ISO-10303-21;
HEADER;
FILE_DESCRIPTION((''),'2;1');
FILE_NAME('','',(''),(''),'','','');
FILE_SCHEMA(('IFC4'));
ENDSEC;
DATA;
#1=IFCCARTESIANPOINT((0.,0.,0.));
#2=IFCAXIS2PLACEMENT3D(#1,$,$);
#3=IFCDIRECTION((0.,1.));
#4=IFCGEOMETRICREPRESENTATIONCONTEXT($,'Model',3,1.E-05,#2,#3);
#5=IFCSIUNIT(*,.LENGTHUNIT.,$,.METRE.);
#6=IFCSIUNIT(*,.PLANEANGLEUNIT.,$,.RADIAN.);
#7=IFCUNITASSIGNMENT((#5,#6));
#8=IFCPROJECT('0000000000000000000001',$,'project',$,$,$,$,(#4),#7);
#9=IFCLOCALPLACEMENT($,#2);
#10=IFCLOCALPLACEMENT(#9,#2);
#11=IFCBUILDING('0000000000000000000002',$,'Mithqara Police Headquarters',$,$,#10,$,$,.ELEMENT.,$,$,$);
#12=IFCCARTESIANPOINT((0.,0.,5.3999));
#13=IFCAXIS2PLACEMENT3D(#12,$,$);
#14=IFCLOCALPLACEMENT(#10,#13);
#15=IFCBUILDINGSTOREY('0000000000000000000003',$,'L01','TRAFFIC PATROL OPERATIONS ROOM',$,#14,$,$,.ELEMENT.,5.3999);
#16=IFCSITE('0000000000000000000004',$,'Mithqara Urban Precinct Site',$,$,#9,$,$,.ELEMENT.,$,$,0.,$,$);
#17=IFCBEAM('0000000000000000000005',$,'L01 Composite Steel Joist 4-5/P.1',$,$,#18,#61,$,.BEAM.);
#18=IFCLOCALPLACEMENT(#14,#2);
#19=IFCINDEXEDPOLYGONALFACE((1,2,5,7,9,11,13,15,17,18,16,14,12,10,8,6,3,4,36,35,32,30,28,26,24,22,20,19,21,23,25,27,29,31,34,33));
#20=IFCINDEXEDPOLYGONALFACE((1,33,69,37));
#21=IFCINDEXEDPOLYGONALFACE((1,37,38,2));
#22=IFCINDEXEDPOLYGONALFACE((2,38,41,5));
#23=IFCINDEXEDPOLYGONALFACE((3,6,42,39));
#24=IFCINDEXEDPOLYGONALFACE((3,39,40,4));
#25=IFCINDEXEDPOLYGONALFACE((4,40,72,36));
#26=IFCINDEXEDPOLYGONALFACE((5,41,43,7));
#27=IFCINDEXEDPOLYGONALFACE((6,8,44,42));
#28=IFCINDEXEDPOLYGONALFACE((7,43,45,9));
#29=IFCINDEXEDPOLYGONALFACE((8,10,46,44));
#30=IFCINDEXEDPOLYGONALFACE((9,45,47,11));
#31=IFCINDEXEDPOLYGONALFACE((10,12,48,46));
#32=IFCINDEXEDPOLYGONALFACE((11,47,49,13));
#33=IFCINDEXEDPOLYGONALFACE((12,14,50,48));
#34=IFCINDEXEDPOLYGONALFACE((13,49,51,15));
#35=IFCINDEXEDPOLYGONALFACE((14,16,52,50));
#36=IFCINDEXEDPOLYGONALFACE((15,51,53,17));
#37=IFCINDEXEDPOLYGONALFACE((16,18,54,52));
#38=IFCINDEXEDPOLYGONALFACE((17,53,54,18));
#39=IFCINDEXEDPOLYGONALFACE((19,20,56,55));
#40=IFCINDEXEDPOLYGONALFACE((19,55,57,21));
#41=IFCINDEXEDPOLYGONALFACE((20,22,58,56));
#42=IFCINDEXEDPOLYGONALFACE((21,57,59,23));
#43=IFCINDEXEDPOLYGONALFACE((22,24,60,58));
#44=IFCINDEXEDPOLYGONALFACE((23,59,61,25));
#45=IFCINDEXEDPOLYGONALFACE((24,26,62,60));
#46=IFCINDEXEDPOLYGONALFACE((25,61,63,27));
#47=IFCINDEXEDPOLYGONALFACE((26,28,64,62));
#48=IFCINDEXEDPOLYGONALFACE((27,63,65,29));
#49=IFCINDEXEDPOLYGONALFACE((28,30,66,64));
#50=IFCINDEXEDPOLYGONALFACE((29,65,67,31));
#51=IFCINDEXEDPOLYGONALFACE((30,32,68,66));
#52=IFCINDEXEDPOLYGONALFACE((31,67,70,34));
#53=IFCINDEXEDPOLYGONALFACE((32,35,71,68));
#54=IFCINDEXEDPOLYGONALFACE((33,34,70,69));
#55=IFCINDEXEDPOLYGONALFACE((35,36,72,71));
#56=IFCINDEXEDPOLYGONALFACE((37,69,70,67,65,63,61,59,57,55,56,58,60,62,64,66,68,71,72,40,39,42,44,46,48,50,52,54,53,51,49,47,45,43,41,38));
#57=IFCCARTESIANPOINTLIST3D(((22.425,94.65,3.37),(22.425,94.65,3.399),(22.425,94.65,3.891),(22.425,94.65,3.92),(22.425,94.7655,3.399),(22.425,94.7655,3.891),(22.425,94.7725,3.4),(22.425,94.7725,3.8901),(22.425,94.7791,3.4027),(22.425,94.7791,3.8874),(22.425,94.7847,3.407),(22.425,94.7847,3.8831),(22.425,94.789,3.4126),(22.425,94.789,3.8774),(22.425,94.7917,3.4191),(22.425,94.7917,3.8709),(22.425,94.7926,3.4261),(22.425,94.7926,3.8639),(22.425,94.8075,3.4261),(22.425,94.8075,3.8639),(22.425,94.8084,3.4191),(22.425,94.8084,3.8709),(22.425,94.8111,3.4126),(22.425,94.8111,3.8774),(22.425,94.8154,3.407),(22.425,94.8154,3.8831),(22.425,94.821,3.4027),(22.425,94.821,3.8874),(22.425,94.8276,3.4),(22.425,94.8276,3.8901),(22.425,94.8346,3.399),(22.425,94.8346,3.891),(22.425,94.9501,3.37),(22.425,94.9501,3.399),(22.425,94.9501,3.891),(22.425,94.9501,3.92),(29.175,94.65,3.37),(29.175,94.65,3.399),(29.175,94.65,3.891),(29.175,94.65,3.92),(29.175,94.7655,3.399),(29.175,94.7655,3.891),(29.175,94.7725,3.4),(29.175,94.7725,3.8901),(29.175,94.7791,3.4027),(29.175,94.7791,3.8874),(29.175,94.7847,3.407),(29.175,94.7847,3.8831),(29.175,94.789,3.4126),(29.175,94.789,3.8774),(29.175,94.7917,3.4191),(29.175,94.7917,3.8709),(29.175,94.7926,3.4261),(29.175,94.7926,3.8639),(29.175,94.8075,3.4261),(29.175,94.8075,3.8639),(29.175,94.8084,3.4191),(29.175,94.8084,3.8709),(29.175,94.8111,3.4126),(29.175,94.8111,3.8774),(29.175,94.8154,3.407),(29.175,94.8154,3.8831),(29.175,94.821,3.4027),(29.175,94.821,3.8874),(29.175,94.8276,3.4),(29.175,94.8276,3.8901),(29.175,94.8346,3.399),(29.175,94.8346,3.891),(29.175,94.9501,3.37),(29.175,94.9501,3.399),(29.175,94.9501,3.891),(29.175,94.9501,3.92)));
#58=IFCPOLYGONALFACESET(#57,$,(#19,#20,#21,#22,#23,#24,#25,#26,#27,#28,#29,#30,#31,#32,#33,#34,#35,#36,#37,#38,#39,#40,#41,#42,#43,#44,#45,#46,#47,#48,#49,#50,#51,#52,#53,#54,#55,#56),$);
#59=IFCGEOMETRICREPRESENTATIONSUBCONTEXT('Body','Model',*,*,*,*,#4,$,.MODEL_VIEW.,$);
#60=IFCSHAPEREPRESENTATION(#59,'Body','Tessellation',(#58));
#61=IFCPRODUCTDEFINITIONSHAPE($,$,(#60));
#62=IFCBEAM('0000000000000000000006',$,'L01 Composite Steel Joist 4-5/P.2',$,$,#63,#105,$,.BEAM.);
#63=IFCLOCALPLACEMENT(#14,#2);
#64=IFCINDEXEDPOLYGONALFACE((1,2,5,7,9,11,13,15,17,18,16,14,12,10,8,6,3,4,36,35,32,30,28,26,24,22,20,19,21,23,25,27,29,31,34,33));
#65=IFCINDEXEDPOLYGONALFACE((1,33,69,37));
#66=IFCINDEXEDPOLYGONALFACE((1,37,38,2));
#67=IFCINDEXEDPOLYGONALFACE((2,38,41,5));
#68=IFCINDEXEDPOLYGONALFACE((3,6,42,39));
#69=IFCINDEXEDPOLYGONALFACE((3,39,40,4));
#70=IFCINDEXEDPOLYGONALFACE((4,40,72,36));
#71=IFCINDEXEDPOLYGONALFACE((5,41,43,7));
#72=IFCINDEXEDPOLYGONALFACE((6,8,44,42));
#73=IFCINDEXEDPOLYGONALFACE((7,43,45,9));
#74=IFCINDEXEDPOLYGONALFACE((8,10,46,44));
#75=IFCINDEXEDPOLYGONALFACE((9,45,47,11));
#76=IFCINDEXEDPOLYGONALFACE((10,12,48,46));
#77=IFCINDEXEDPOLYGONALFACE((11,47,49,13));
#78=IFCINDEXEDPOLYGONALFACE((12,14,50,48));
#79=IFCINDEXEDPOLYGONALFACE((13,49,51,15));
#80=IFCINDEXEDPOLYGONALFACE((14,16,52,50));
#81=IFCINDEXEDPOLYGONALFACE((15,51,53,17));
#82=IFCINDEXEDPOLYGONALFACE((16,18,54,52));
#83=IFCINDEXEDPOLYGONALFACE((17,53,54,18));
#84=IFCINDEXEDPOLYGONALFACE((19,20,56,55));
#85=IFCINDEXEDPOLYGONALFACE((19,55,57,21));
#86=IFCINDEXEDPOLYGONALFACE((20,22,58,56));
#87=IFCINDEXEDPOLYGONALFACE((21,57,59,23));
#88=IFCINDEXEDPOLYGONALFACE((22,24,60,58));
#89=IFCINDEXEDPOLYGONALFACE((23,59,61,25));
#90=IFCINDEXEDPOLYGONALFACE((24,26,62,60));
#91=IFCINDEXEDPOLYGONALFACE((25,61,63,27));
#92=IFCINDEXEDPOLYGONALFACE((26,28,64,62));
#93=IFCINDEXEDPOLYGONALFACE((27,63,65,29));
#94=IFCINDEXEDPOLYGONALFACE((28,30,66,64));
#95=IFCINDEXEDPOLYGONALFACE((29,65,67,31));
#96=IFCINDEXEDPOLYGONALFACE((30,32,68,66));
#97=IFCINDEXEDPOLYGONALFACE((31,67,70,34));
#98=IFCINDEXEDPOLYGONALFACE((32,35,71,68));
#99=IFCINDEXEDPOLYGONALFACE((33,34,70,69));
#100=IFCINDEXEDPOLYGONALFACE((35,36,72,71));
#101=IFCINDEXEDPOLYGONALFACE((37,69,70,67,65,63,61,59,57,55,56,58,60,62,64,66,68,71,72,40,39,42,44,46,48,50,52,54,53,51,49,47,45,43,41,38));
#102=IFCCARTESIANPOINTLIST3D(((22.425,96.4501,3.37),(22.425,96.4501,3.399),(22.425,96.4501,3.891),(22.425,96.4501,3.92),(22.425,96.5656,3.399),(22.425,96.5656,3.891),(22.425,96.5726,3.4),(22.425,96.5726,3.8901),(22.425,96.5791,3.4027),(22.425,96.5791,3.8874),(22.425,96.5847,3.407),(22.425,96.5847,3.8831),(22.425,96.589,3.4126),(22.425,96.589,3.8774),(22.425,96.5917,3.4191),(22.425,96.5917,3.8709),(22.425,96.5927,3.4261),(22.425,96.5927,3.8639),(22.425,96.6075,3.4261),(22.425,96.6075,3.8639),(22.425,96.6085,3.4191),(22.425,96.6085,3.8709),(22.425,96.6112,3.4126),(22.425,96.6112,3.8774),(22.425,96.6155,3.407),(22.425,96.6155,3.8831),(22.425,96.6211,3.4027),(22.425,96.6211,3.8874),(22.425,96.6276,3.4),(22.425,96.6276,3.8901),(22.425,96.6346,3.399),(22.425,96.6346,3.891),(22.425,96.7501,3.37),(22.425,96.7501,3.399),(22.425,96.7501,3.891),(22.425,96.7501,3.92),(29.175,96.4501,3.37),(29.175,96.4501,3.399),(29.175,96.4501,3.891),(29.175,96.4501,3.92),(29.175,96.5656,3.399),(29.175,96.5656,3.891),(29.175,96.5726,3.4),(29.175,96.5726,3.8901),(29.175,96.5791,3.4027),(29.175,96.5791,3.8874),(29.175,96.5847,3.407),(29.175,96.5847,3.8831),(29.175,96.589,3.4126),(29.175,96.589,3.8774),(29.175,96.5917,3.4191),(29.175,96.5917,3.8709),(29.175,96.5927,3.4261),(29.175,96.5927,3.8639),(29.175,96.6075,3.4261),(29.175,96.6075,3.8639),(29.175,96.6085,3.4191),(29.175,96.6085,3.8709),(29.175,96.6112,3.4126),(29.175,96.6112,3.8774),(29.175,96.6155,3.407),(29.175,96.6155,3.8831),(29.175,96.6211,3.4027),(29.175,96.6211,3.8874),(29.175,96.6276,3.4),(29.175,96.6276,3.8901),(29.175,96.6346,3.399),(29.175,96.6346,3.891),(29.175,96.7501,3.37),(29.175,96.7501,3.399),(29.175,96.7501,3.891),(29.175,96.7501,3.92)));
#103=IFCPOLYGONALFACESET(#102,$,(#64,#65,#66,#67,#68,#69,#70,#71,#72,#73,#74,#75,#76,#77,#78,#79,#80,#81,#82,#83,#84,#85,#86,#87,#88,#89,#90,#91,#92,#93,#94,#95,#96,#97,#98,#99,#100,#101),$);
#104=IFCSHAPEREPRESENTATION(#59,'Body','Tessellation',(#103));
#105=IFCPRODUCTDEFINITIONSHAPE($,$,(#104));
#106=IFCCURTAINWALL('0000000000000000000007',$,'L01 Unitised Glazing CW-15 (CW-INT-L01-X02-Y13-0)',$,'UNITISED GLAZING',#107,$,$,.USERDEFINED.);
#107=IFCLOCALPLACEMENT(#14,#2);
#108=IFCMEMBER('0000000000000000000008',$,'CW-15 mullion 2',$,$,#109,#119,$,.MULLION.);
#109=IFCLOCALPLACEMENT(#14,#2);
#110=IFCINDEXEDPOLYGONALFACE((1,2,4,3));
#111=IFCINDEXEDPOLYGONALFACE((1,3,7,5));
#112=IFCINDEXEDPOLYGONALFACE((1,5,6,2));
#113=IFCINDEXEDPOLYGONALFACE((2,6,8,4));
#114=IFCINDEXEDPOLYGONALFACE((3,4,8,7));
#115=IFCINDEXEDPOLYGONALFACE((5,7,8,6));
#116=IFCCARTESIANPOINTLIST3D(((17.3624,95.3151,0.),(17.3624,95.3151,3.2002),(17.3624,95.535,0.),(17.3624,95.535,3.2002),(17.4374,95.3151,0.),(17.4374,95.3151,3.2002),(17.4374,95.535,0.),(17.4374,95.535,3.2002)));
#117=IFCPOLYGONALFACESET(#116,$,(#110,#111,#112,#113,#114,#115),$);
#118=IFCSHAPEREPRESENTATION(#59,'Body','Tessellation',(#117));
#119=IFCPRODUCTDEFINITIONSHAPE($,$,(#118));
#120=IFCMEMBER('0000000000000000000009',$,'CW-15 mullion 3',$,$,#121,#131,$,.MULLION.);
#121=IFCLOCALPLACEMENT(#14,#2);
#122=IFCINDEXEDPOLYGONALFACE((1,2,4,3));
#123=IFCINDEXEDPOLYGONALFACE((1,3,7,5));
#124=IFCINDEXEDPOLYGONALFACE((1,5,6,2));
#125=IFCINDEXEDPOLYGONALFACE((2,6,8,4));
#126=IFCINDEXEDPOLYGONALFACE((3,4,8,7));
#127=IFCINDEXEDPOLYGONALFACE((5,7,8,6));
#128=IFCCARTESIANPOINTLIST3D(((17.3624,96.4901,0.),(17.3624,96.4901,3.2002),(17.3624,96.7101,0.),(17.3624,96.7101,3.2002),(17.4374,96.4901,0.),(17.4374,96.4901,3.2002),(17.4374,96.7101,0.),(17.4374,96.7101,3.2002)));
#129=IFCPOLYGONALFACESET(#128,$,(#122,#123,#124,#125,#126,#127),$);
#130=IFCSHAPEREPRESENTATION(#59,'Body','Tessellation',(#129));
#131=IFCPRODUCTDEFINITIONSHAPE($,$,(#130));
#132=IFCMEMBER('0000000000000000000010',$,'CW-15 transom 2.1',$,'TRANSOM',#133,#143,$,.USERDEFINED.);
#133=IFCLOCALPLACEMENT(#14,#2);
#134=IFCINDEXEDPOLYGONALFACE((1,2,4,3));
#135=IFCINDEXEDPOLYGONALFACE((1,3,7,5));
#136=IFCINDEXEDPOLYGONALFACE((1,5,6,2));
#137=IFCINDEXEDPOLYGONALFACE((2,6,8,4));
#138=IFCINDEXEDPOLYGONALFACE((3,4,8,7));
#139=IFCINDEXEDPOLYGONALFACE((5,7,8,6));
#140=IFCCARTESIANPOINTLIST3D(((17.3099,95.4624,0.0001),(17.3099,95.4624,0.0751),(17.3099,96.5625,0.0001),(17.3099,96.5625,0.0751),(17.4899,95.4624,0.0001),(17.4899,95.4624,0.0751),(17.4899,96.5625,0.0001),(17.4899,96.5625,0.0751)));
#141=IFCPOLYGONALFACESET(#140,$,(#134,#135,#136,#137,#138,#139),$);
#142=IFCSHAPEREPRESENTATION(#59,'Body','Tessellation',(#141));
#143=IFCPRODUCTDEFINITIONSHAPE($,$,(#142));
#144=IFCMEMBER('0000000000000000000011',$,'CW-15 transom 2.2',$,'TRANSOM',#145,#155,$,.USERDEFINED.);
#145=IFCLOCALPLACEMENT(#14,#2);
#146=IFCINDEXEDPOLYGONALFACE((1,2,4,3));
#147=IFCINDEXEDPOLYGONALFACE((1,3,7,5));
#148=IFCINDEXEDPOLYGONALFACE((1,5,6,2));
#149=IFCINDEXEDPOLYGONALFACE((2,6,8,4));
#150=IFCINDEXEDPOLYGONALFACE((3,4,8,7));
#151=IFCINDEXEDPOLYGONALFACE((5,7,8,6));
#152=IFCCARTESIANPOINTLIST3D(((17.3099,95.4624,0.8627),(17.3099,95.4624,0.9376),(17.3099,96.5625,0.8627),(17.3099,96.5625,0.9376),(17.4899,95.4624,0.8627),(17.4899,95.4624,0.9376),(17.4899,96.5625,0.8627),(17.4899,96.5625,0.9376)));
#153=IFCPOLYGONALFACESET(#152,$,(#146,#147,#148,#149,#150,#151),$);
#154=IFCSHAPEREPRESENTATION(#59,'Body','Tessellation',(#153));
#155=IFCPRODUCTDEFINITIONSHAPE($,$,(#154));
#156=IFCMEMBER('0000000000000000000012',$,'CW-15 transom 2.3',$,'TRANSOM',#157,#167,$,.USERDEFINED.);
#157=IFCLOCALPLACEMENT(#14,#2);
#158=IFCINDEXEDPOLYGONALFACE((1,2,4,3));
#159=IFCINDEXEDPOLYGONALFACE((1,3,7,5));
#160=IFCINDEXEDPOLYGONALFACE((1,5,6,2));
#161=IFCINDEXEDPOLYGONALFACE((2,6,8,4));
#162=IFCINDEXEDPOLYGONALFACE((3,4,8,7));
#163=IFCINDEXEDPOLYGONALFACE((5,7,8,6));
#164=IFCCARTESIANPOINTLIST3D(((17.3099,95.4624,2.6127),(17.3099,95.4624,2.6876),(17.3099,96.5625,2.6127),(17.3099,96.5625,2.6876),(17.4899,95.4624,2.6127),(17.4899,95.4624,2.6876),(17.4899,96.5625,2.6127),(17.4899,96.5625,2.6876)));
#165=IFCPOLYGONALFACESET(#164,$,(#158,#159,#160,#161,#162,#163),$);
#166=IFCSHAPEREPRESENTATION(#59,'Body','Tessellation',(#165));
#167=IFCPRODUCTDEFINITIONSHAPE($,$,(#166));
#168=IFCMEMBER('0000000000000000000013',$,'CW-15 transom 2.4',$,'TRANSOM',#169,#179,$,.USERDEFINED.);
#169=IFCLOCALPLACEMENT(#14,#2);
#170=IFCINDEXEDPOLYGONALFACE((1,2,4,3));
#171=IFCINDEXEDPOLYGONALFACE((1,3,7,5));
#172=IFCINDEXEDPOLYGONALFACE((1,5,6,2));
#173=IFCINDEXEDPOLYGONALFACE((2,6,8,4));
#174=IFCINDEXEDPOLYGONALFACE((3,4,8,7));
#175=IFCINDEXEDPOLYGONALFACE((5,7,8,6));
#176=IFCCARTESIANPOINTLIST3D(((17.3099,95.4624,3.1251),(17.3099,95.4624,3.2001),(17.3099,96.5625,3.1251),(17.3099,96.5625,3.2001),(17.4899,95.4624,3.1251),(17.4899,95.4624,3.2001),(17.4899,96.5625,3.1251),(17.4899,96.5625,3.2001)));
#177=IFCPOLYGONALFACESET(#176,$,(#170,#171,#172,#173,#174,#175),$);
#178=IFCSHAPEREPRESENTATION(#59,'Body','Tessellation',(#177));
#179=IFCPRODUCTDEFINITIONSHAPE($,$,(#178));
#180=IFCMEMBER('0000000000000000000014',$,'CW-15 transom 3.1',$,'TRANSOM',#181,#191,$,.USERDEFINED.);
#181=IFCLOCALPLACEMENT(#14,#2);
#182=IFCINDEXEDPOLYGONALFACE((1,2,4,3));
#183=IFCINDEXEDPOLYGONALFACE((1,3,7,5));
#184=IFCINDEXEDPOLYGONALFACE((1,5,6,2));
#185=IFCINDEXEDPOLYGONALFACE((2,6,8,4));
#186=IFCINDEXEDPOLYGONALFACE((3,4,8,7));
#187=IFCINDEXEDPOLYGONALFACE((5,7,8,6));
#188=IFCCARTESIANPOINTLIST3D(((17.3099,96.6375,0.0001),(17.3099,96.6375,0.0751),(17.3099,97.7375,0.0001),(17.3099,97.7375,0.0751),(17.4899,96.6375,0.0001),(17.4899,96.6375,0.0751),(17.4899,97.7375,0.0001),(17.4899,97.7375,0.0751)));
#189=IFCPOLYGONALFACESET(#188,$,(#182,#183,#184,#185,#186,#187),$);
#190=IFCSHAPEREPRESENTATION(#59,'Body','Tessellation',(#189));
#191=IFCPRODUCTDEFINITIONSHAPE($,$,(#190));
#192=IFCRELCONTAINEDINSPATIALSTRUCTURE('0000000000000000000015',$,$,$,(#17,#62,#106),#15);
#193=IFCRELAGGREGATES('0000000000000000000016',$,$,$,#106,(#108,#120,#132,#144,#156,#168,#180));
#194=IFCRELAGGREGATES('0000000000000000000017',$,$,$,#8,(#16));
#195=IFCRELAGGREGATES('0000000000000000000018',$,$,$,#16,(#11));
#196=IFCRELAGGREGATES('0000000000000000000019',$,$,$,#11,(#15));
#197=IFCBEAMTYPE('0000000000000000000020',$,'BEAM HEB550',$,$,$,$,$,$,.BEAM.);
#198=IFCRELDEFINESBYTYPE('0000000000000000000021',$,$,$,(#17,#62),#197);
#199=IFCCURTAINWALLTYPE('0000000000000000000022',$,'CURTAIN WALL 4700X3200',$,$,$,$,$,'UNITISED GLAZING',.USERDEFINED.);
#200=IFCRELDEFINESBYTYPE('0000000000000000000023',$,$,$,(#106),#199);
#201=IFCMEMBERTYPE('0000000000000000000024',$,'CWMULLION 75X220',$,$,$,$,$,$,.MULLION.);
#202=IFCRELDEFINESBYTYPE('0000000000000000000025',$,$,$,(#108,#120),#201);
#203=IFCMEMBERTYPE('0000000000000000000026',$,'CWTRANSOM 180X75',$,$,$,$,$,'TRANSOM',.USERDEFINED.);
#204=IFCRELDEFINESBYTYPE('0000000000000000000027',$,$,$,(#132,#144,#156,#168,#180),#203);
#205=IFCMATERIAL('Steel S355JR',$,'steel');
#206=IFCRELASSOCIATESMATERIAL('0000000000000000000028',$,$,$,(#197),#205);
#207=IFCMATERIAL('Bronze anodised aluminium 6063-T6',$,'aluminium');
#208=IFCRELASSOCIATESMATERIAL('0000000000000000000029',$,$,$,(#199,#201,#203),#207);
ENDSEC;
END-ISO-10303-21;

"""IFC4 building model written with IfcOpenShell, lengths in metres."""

from ifc_helpers import new_model, si_unit, direction, frame, origin, origin_2d, place, context, subcontext, project, spatial, rectangle, i_section, extrude, material, material_profile, profile_set, type_object, element, aggregate, save


model = new_model("IFC4")

# Units and contexts
model_context = context("Model", 3, precision=1e-05, world=origin(), true_north=direction((0.0, 1.0)))
body_context = subcontext(model_context, "Body", "Model", "MODEL_VIEW")
ifc_project = project(units=[si_unit("LENGTHUNIT", "METRE"), si_unit("PLANEANGLEUNIT", "RADIAN")], contexts=[model_context])

# Site, building, storey
site_placement = place(None, origin())
site = spatial("IfcSite", under=ifc_project, at=site_placement, Name="Mithqara Urban Precinct Site", CompositionType="ELEMENT", RefElevation=0.0)
building_placement = place(site_placement, origin())
building = spatial("IfcBuilding", under=site, at=building_placement, Name="Mithqara Police Headquarters", CompositionType="ELEMENT")
storey_placement = place(building_placement, frame((0.0, 0.0, 5.3999)))
storey = spatial("IfcBuildingStorey", under=building, at=storey_placement, Name="L01", Description="TRAFFIC PATROL OPERATIONS ROOM", CompositionType="ELEMENT", Elevation=5.3999)

# Beams
ifc_material_1 = material(Name="Steel S355JR", Category="steel")
ifc_material_profile_1 = material_profile(ifc_material_1, i_section(OverallWidth=0.3, OverallDepth=0.55, WebThickness=0.0149, FlangeThickness=0.0291, FilletRadius=0.0271, at=origin_2d()), Name="HEB 550")
ifc_profile_set_1 = profile_set([ifc_material_profile_1], Name="Steel S355JR")
beam_type = type_object("IfcBeamType", Name="BEAM HEB550", PredefinedType="BEAM", material=ifc_profile_set_1)
for number, where, z_axis, x_axis, name in (
    (1, (22.425, 94.8, 3.645), (1.0, 0.0, 0.0), (0.0, 1.0, 0.0), "L01 Composite Steel Joist 4-5/P.1"),
    (2, (22.425, 96.6001, 3.645), (1.0, 0.0, 0.0), (0.0, 1.0, 0.0), "L01 Composite Steel Joist 4-5/P.2"),
):
    element("IfcBeam", number, at=place(storey_placement, frame(where, z_axis=z_axis, x_axis=x_axis)), inside=storey, type_object=beam_type, Name=name, PredefinedType="BEAM", context=body_context, shape_type="SweptSolid", body=[
        extrude(i_section(OverallWidth=0.3, OverallDepth=0.55, WebThickness=0.0149, FlangeThickness=0.0291, FilletRadius=0.0271, at=origin_2d()), origin(), (0.0, 0.0, 1.0), 6.75),
    ])

# Curtain wall, members
ifc_material_2 = material(Name="Bronze anodised aluminium 6063-T6", Category="aluminium")
curtain_wall_type = type_object("IfcCurtainWallType", Name="CURTAIN WALL 4700X3200", ElementType="UNITISED GLAZING", PredefinedType="USERDEFINED", material=ifc_material_2)
curtain_wall_placement = place(storey_placement, origin())
curtain_wall = element("IfcCurtainWall", 3, at=curtain_wall_placement, inside=storey, type_object=curtain_wall_type, Name="L01 Unitised Glazing CW-15 (CW-INT-L01-X02-Y13-0)", ObjectType="UNITISED GLAZING", PredefinedType="USERDEFINED")
ifc_material_profile_2 = material_profile(ifc_material_2, rectangle(XDim=0.075, YDim=0.22, at=origin_2d()), Name="CWM 75x220")
ifc_profile_set_2 = profile_set([ifc_material_profile_2], Name="Bronze anodised aluminium 6063-T6")
member_type_1 = type_object("IfcMemberType", Name="CWMULLION 75X220", PredefinedType="MULLION", material=ifc_profile_set_2)
member_1_placement = place(storey_placement, frame((17.3999, 95.425, 0.0), z_axis=(0.0, 0.0, 1.0), x_axis=(-1.0, 0.0, 0.0)))
member_1 = element("IfcMember", 4, at=member_1_placement, type_object=member_type_1, Name="CW-15 mullion 2", PredefinedType="MULLION", context=body_context, shape_type="SweptSolid", body=[
    extrude(rectangle(XDim=0.075, YDim=0.22, at=origin_2d()), origin(), (0.0, 0.0, 1.0), 3.2002),
])
member_2_placement = place(storey_placement, frame((17.3999, 96.6001, 0.0), z_axis=(0.0, 0.0, 1.0), x_axis=(-1.0, 0.0, 0.0)))
member_2 = element("IfcMember", 5, at=member_2_placement, type_object=member_type_1, Name="CW-15 mullion 3", PredefinedType="MULLION", context=body_context, shape_type="SweptSolid", body=[
    extrude(rectangle(XDim=0.075, YDim=0.22, at=origin_2d()), origin(), (0.0, 0.0, 1.0), 3.2002),
])
ifc_material_profile_3 = material_profile(ifc_material_2, rectangle(XDim=0.1799, YDim=0.075, at=origin_2d()), Name="CWT 180x75")
ifc_profile_set_3 = profile_set([ifc_material_profile_3], Name="Bronze anodised aluminium 6063-T6")
member_type_2 = type_object("IfcMemberType", Name="CWTRANSOM 180X75", ElementType="TRANSOM", PredefinedType="USERDEFINED", material=ifc_profile_set_3)
member_3_placement = place(storey_placement, frame((17.3999, 95.4624, 0.0376), z_axis=(0.0, 1.0, 0.0), x_axis=(-1.0, 0.0, 0.0)))
member_3 = element("IfcMember", 6, at=member_3_placement, type_object=member_type_2, Name="CW-15 transom 2.1", ObjectType="TRANSOM", PredefinedType="USERDEFINED", context=body_context, shape_type="SweptSolid", body=[
    extrude(rectangle(XDim=0.1799, YDim=0.075, at=origin_2d()), origin(), (0.0, 0.0, 1.0), 1.1001),
])
member_4_placement = place(storey_placement, frame((17.3999, 95.4624, 0.9001), z_axis=(0.0, 1.0, 0.0), x_axis=(-1.0, 0.0, 0.0)))
member_4 = element("IfcMember", 7, at=member_4_placement, type_object=member_type_2, Name="CW-15 transom 2.2", ObjectType="TRANSOM", PredefinedType="USERDEFINED", context=body_context, shape_type="SweptSolid", body=[
    extrude(rectangle(XDim=0.1799, YDim=0.075, at=origin_2d()), origin(), (0.0, 0.0, 1.0), 1.1001),
])
member_5_placement = place(storey_placement, frame((17.3999, 95.4624, 2.6501), z_axis=(0.0, 1.0, 0.0), x_axis=(-1.0, 0.0, 0.0)))
member_5 = element("IfcMember", 8, at=member_5_placement, type_object=member_type_2, Name="CW-15 transom 2.3", ObjectType="TRANSOM", PredefinedType="USERDEFINED", context=body_context, shape_type="SweptSolid", body=[
    extrude(rectangle(XDim=0.1799, YDim=0.075, at=origin_2d()), origin(), (0.0, 0.0, 1.0), 1.1001),
])
member_6_placement = place(storey_placement, frame((17.3999, 95.4624, 3.1626), z_axis=(0.0, 1.0, 0.0), x_axis=(-1.0, 0.0, 0.0)))
member_6 = element("IfcMember", 9, at=member_6_placement, type_object=member_type_2, Name="CW-15 transom 2.4", ObjectType="TRANSOM", PredefinedType="USERDEFINED", context=body_context, shape_type="SweptSolid", body=[
    extrude(rectangle(XDim=0.1799, YDim=0.075, at=origin_2d()), origin(), (0.0, 0.0, 1.0), 1.1001),
])
member_7_placement = place(storey_placement, frame((17.3999, 96.6375, 0.0376), z_axis=(0.0, 1.0, 0.0), x_axis=(-1.0, 0.0, 0.0)))
member_7 = element("IfcMember", 10, at=member_7_placement, type_object=member_type_2, Name="CW-15 transom 3.1", ObjectType="TRANSOM", PredefinedType="USERDEFINED", context=body_context, shape_type="SweptSolid", body=[
    extrude(rectangle(XDim=0.1799, YDim=0.075, at=origin_2d()), origin(), (0.0, 0.0, 1.0), 1.1001),
])
aggregate(curtain_wall, [member_1, member_2, member_3, member_4, member_5, member_6, member_7])

save(model, "model.ifc")
